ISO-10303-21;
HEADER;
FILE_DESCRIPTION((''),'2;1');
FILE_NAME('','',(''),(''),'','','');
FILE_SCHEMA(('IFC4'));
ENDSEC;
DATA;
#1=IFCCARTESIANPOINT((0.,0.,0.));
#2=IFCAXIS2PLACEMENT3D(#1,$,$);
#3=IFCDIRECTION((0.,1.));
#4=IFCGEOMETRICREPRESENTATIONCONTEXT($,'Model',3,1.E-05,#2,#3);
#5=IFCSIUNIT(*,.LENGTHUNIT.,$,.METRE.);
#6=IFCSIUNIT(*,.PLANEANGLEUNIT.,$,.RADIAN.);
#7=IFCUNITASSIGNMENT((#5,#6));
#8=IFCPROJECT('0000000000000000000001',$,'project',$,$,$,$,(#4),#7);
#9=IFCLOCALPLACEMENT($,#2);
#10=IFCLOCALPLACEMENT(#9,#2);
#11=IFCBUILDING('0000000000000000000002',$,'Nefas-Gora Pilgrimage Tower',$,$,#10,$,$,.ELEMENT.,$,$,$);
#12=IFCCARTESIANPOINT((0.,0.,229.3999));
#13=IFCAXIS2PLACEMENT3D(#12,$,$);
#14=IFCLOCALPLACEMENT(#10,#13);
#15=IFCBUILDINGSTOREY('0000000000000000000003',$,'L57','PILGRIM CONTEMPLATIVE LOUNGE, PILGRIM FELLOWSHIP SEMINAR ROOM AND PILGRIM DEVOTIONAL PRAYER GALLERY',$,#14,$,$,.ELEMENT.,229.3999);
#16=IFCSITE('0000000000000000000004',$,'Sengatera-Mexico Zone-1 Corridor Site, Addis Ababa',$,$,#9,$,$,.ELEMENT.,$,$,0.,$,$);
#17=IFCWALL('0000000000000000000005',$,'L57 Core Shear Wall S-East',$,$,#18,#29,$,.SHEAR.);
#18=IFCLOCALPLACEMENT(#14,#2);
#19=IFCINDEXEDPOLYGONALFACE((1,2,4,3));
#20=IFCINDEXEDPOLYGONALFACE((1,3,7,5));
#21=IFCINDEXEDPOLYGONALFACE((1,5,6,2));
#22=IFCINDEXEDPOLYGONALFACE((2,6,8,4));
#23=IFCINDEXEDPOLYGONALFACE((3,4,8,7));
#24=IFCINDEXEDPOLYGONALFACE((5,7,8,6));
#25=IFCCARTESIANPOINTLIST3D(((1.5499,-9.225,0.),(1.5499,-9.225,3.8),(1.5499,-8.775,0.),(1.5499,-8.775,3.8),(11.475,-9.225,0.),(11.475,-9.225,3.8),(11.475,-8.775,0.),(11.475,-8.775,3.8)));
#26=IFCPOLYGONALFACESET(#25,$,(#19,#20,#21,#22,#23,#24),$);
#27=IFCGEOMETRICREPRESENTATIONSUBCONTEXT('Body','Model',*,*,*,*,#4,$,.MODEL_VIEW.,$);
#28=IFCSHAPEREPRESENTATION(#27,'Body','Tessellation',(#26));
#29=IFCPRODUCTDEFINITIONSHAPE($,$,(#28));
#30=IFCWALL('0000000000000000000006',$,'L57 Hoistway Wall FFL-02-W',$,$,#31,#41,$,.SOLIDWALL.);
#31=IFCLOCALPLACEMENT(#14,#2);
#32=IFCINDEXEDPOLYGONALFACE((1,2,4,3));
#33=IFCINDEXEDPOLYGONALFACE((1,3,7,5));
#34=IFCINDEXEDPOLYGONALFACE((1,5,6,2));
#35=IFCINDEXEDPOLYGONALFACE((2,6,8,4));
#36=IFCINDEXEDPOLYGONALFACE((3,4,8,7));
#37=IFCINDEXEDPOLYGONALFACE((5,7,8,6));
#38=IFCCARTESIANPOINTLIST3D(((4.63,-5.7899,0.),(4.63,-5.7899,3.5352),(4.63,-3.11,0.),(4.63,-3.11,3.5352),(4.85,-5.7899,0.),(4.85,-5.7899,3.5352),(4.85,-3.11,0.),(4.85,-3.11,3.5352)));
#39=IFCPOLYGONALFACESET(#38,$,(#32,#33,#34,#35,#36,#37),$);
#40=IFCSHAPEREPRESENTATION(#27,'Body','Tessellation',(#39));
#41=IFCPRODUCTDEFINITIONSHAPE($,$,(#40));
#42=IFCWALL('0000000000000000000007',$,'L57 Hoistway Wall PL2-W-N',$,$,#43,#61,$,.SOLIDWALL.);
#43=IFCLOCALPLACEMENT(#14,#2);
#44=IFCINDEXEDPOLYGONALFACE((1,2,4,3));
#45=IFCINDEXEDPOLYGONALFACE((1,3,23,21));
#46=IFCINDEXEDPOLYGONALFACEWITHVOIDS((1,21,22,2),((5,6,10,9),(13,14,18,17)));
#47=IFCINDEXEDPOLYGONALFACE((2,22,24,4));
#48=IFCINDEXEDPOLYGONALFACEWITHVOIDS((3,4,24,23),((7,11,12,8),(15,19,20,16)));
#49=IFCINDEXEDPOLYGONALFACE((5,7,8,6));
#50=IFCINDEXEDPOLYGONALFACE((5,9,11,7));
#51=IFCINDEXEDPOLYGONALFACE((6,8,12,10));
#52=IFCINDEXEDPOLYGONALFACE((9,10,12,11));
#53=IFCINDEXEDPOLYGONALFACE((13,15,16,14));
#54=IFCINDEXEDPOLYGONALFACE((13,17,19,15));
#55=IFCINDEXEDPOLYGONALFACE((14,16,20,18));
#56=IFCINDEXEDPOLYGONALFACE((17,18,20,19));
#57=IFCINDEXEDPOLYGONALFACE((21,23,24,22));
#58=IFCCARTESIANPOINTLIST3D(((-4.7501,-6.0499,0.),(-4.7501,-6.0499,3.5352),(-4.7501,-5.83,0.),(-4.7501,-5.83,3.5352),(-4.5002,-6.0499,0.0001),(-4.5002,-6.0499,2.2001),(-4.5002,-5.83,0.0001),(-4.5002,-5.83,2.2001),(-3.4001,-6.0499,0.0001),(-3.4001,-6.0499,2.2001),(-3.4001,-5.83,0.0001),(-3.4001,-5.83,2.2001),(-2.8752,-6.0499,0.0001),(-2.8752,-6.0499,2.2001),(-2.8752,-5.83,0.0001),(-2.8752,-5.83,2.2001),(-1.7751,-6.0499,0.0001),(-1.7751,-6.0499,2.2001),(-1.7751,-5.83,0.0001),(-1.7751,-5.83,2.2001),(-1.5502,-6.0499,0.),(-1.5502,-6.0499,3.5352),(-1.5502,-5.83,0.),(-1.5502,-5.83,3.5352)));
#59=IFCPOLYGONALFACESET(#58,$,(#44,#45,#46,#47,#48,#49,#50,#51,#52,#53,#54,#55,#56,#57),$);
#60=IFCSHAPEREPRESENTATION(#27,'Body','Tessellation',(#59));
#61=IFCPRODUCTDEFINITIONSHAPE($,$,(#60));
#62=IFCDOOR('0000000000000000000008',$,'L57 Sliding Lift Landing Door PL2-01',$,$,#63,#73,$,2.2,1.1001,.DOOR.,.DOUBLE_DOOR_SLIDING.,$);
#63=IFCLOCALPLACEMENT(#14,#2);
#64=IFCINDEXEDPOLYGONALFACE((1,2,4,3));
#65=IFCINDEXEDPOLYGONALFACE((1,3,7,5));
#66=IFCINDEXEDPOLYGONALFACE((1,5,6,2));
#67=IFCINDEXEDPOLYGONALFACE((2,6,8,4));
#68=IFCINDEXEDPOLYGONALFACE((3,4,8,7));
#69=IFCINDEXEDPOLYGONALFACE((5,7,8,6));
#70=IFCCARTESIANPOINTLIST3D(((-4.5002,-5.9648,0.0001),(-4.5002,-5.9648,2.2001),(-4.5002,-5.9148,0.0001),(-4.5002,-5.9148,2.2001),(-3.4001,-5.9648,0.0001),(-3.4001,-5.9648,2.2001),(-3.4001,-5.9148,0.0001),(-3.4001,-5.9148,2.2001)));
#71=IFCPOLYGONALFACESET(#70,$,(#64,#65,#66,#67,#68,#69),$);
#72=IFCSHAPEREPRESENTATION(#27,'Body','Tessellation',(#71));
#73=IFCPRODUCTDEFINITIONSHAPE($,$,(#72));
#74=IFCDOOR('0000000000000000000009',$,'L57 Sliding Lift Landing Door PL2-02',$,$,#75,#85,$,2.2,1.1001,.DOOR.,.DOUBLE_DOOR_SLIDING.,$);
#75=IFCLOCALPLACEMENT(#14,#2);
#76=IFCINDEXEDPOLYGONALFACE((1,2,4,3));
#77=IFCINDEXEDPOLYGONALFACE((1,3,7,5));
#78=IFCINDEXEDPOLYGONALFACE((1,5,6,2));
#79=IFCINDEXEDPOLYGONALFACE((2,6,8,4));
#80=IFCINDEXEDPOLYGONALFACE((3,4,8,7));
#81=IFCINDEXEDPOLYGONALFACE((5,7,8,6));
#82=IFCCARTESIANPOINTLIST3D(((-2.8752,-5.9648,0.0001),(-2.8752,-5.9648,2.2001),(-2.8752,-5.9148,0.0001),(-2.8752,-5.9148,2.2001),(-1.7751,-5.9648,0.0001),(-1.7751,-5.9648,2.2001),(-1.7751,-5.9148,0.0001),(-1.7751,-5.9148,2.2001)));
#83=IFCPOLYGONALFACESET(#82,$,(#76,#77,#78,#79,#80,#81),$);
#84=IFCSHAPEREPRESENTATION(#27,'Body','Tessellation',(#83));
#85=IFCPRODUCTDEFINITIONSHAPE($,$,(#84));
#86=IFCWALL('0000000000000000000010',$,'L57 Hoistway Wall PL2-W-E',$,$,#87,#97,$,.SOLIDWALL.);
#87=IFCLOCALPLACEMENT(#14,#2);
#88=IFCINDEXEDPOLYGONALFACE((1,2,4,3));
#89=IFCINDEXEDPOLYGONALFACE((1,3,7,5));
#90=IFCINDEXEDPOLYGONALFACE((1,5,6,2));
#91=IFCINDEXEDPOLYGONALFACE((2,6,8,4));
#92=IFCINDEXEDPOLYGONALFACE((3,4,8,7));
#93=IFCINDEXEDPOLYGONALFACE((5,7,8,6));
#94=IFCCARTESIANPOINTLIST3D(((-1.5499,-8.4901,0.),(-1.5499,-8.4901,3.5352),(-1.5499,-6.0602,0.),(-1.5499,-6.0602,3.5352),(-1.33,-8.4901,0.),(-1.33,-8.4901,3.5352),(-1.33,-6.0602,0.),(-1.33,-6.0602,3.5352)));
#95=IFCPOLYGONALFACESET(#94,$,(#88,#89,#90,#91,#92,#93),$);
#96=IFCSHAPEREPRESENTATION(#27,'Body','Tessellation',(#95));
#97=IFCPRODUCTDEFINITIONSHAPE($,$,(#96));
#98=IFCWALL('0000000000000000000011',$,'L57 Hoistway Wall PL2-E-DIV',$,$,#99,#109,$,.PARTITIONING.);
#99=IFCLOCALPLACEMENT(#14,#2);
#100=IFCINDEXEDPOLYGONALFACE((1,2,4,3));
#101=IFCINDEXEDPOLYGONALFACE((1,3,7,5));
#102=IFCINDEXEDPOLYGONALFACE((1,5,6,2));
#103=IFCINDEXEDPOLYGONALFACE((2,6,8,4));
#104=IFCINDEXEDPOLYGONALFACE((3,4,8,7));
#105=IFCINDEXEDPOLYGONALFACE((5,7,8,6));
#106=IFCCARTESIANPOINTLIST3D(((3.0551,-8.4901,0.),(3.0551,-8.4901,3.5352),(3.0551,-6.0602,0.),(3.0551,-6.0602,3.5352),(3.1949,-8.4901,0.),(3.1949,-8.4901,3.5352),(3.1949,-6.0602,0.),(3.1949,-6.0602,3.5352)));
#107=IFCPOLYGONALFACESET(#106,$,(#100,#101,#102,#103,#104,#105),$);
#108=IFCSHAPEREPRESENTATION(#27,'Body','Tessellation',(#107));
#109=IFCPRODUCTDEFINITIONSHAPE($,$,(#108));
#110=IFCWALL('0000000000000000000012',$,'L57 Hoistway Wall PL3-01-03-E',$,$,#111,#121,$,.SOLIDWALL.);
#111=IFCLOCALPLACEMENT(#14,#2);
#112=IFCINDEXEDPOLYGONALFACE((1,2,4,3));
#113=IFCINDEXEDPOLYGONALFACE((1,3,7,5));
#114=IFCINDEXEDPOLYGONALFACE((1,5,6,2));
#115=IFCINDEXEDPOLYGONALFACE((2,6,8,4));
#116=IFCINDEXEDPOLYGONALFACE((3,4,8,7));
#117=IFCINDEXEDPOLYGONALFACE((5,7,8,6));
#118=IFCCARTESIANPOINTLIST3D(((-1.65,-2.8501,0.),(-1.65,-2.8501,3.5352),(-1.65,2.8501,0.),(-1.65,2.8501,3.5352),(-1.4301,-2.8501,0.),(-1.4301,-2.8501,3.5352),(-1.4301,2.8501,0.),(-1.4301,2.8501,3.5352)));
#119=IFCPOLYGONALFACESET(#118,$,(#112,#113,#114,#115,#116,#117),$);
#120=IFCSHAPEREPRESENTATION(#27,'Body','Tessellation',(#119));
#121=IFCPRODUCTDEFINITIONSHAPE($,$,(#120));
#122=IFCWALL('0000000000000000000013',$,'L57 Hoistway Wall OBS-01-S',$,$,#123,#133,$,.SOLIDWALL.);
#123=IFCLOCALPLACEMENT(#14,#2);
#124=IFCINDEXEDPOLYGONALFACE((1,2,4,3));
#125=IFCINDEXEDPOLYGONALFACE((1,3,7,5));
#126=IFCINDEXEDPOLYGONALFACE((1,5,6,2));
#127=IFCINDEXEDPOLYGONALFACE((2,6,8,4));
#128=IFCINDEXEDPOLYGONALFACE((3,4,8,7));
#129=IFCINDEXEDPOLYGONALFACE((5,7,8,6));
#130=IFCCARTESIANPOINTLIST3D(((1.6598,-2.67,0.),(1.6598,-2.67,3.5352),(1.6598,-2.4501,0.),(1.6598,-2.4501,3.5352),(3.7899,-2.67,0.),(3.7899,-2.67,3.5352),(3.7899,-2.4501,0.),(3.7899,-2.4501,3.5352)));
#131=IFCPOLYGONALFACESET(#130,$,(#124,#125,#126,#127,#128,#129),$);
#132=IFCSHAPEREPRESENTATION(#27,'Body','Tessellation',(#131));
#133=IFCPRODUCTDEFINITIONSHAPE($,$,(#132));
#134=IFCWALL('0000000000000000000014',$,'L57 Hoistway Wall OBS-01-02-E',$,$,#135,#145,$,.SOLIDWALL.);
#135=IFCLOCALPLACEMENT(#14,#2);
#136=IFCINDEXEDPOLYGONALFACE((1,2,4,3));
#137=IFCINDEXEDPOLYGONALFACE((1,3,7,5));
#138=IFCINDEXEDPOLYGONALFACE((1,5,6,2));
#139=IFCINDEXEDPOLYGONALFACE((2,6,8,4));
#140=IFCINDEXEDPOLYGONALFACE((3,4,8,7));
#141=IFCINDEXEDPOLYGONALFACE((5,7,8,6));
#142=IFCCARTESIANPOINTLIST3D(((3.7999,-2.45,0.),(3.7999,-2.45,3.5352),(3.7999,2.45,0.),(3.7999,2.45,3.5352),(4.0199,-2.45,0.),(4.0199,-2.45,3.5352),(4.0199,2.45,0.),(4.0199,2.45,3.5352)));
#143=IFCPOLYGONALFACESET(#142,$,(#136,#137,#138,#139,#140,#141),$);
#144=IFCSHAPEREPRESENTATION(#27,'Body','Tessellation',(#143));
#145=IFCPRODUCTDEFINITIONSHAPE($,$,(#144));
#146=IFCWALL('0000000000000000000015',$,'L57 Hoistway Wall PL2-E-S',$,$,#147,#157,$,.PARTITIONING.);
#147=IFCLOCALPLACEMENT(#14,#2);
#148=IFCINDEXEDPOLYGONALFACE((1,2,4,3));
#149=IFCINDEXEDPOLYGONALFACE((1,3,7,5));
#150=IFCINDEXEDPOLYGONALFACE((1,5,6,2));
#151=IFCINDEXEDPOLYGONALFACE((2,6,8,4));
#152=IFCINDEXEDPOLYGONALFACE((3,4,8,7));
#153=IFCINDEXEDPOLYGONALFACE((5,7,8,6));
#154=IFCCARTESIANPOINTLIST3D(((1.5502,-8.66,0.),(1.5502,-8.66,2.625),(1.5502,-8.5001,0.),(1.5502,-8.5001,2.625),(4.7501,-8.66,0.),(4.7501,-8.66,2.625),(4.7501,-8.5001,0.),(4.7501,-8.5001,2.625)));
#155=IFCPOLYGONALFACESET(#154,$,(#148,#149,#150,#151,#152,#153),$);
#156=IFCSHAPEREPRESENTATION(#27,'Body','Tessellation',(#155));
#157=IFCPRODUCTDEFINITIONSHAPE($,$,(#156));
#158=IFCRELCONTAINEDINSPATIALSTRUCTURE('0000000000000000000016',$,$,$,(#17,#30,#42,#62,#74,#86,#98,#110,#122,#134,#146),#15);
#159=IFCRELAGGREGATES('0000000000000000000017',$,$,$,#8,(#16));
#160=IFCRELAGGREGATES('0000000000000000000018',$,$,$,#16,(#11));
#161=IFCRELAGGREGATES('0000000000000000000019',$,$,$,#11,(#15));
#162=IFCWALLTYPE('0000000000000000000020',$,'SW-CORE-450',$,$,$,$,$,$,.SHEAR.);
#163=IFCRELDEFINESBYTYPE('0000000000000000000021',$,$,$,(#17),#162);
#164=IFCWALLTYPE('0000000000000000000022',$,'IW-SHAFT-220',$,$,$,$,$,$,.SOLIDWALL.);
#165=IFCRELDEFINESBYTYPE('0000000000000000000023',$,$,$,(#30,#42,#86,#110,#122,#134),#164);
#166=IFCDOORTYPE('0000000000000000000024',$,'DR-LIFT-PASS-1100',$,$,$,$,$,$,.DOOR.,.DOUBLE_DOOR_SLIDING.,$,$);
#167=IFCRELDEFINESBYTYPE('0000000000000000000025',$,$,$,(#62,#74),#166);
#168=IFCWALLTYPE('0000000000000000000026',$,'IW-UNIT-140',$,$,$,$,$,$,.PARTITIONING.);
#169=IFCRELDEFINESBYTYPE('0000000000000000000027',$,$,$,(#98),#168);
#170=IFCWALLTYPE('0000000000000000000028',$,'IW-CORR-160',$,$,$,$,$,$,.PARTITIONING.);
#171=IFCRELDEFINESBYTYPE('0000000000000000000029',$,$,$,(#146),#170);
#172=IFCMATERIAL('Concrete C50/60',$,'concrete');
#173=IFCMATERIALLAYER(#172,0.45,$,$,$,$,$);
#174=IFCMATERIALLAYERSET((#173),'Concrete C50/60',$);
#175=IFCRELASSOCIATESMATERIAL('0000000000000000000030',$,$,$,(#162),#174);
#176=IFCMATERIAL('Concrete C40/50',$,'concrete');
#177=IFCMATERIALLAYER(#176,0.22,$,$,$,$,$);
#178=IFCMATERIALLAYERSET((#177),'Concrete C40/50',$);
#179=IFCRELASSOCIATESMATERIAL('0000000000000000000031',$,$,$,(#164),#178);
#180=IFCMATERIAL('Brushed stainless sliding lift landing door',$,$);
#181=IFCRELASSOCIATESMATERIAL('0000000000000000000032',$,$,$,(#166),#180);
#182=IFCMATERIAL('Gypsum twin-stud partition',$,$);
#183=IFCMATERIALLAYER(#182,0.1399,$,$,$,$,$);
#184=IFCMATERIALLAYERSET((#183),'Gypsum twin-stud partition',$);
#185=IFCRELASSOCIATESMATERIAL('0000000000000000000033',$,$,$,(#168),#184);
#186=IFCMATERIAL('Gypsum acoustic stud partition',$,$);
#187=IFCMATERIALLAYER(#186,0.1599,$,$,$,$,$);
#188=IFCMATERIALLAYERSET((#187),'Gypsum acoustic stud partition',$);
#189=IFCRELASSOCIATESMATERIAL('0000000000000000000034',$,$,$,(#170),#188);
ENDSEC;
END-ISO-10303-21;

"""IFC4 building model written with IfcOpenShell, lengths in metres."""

from ifc_helpers import new_model, si_unit, direction, frame, frame_2d, origin, place, context, subcontext, project, spatial, rectangle, extrude, source, transform, mapped, material, layer, layer_set, type_object, element, fill, save


model = new_model("IFC4")

# Units and contexts
model_context = context("Model", 3, precision=1e-05, world=origin(), true_north=direction((0.0, 1.0)))
body_context = subcontext(model_context, "Body", "Model", "MODEL_VIEW")
ifc_project = project(units=[si_unit("LENGTHUNIT", "METRE"), si_unit("PLANEANGLEUNIT", "RADIAN")], contexts=[model_context])

# Site, building, storey
site_placement = place(None, origin())
site = spatial("IfcSite", under=ifc_project, at=site_placement, Name="Sengatera-Mexico Zone-1 Corridor Site, Addis Ababa", CompositionType="ELEMENT", RefElevation=0.0)
building_placement = place(site_placement, origin())
building = spatial("IfcBuilding", under=site, at=building_placement, Name="Nefas-Gora Pilgrimage Tower", CompositionType="ELEMENT")
storey_placement = place(building_placement, frame((0.0, 0.0, 229.3999)))
storey = spatial("IfcBuildingStorey", under=building, at=storey_placement, Name="L57", Description="PILGRIM CONTEMPLATIVE LOUNGE, PILGRIM FELLOWSHIP SEMINAR ROOM AND PILGRIM DEVOTIONAL PRAYER GALLERY", CompositionType="ELEMENT", Elevation=229.3999)

# Walls
ifc_material_1 = material(Name="Concrete C50/60", Category="concrete")
ifc_layer_1 = layer(ifc_material_1, 0.45)
ifc_layer_set_1 = layer_set([ifc_layer_1], Name="Concrete C50/60")
wall_type_1 = type_object("IfcWallType", Name="SW-CORE-450", PredefinedType="SHEAR", material=ifc_layer_set_1)
shared_shape_1 = source(origin(), body_context, "Body", "SweptSolid", [
    extrude(rectangle(XDim=9.925, YDim=0.45, at=frame_2d((4.9624, 0.0))), origin(), (0.0, 0.0, 1.0), 3.8),
])
wall_1_placement = place(storey_placement, frame((1.55, -9.0, 0.0), z_axis=(0.0, 0.0, 1.0), x_axis=(1.0, 0.0, 0.0)))
element("IfcWall", 1, at=wall_1_placement, inside=storey, type_object=wall_type_1, Name="L57 Core Shear Wall S-East", PredefinedType="SHEAR", context=body_context, shape_type="MappedRepresentation", body=[
    mapped(shared_shape_1, transform((0.0, 0.0, 0.0), x_axis=(1.0, 0.0, 0.0), y_axis=(0.0, 1.0, 0.0), z_axis=(0.0, 0.0, 1.0), scale=1.0)),
])
ifc_material_2 = material(Name="Concrete C40/50", Category="concrete")
ifc_layer_2 = layer(ifc_material_2, 0.22)
ifc_layer_set_2 = layer_set([ifc_layer_2], Name="Concrete C40/50")
wall_type_2 = type_object("IfcWallType", Name="IW-SHAFT-220", PredefinedType="SOLIDWALL", material=ifc_layer_set_2)
shared_shape_2 = source(origin(), body_context, "Body", "SweptSolid", [
    extrude(rectangle(XDim=2.6799, YDim=0.22, at=frame_2d((1.3398, 0.0))), origin(), (0.0, 0.0, 1.0), 3.5352),
])
wall_2_placement = place(storey_placement, frame((4.74, -3.1101, 0.0), z_axis=(0.0, 0.0, 1.0), x_axis=(0.0, -1.0, 0.0)))
element("IfcWall", 2, at=wall_2_placement, inside=storey, type_object=wall_type_2, Name="L57 Hoistway Wall FFL-02-W", PredefinedType="SOLIDWALL", context=body_context, shape_type="MappedRepresentation", body=[
    mapped(shared_shape_2, transform((0.0, 0.0, 0.0), x_axis=(1.0, 0.0, 0.0), y_axis=(0.0, 1.0, 0.0), z_axis=(0.0, 0.0, 1.0), scale=1.0)),
])

# Wall, openings, doors
shared_shape_3 = source(origin(), body_context, "Body", "SweptSolid", [
    extrude(rectangle(XDim=3.2, YDim=0.22, at=frame_2d((1.6001, 0.0))), origin(), (0.0, 0.0, 1.0), 3.5352),
])
wall_3_placement = place(storey_placement, frame((-1.55, -5.9399, 0.0), z_axis=(0.0, 0.0, 1.0), x_axis=(-1.0, 0.0, 0.0)))
wall_3 = element("IfcWall", 3, at=wall_3_placement, inside=storey, type_object=wall_type_2, Name="L57 Hoistway Wall PL2-W-N", PredefinedType="SOLIDWALL", context=body_context, shape_type="MappedRepresentation", body=[
    mapped(shared_shape_3, transform((0.0, 0.0, 0.0), x_axis=(1.0, 0.0, 0.0), y_axis=(0.0, 1.0, 0.0), z_axis=(0.0, 0.0, 1.0), scale=1.0)),
])
opening_1_placement = place(wall_3_placement, frame((1.8501, 0.0, 0.0)))
opening_1 = element("IfcOpeningElement", 4, at=opening_1_placement, cuts=wall_3, PredefinedType="OPENING", context=body_context, shape_type="SweptSolid", body=[
    extrude(rectangle(XDim=1.1001, YDim=2.2, at=frame_2d((0.55, 1.1001))), frame((0.0, 0.1199, 0.0), z_axis=(0.0, -1.0, 0.0), x_axis=(1.0, 0.0, 0.0)), (0.0, 0.0, 1.0), 0.24),
])
opening_2_placement = place(wall_3_placement, frame((0.2251, 0.0, 0.0)))
opening_2 = element("IfcOpeningElement", 5, at=opening_2_placement, cuts=wall_3, PredefinedType="OPENING", context=body_context, shape_type="SweptSolid", body=[
    extrude(rectangle(XDim=1.1001, YDim=2.2, at=frame_2d((0.55, 1.1001))), frame((0.0, 0.1199, 0.0), z_axis=(0.0, -1.0, 0.0), x_axis=(1.0, 0.0, 0.0)), (0.0, 0.0, 1.0), 0.24),
])
ifc_material_3 = material(Name="Brushed stainless sliding lift landing door")
door_type_1 = type_object("IfcDoorType", Name="DR-LIFT-PASS-1100", OperationType="DOUBLE_DOOR_SLIDING", PredefinedType="DOOR", material=ifc_material_3)
shared_shape_4 = source(origin(), body_context, "Body", "SweptSolid", [
    extrude(rectangle(XDim=1.1001, YDim=2.2, at=frame_2d((0.55, 1.1001))), frame((0.0, 0.0249, 0.0), z_axis=(0.0, -1.0, 0.0), x_axis=(1.0, 0.0, 0.0)), (0.0, 0.0, 1.0), 0.05),
])
door_1_placement = place(opening_1_placement, origin())
door_1 = element("IfcDoor", 6, at=door_1_placement, inside=storey, type_object=door_type_1, Name="L57 Sliding Lift Landing Door PL2-01", OperationType="DOUBLE_DOOR_SLIDING", OverallHeight=2.2, OverallWidth=1.1001, PredefinedType="DOOR", context=body_context, shape_type="MappedRepresentation", body=[
    mapped(shared_shape_4, transform((0.0, 0.0, 0.0), x_axis=(1.0, 0.0, 0.0), y_axis=(0.0, 1.0, 0.0), z_axis=(0.0, 0.0, 1.0), scale=1.0)),
])
fill(opening_1, door_1)
door_2_placement = place(opening_2_placement, origin())
door_2 = element("IfcDoor", 7, at=door_2_placement, inside=storey, type_object=door_type_1, Name="L57 Sliding Lift Landing Door PL2-02", OperationType="DOUBLE_DOOR_SLIDING", OverallHeight=2.2, OverallWidth=1.1001, PredefinedType="DOOR", context=body_context, shape_type="MappedRepresentation", body=[
    mapped(shared_shape_4, transform((0.0, 0.0, 0.0), x_axis=(1.0, 0.0, 0.0), y_axis=(0.0, 1.0, 0.0), z_axis=(0.0, 0.0, 1.0), scale=1.0)),
])
fill(opening_2, door_2)

# Walls
shared_shape_5 = source(origin(), body_context, "Body", "SweptSolid", [
    extrude(rectangle(XDim=2.4299, YDim=0.22, at=frame_2d((1.2148, 0.0))), origin(), (0.0, 0.0, 1.0), 3.5352),
])
for number, where, z_axis, x_axis, name in (
    (8, (-1.4399, -8.49, 0.0), (0.0, 0.0, 1.0), (0.0, 1.0, 0.0), "L57 Hoistway Wall PL2-W-E"),
):
    element("IfcWall", number, at=place(storey_placement, frame(where, z_axis=z_axis, x_axis=x_axis)), inside=storey, type_object=wall_type_2, Name=name, PredefinedType="SOLIDWALL", context=body_context, shape_type="MappedRepresentation", body=[
        mapped(shared_shape_5, transform((0.0, 0.0, 0.0), x_axis=(1.0, 0.0, 0.0), y_axis=(0.0, 1.0, 0.0), z_axis=(0.0, 0.0, 1.0), scale=1.0)),
    ])
ifc_material_4 = material(Name="Gypsum twin-stud partition")
ifc_layer_3 = layer(ifc_material_4, 0.1399)
ifc_layer_set_3 = layer_set([ifc_layer_3], Name="Gypsum twin-stud partition")
wall_type_3 = type_object("IfcWallType", Name="IW-UNIT-140", PredefinedType="PARTITIONING", material=ifc_layer_set_3)
shared_shape_6 = source(origin(), body_context, "Body", "SweptSolid", [
    extrude(rectangle(XDim=2.4299, YDim=0.1399, at=frame_2d((1.2148, 0.0))), origin(), (0.0, 0.0, 1.0), 3.5352),
])
wall_4_placement = place(storey_placement, frame((3.125, -8.49, 0.0), z_axis=(0.0, 0.0, 1.0), x_axis=(0.0, 1.0, 0.0)))
element("IfcWall", 9, at=wall_4_placement, inside=storey, type_object=wall_type_3, Name="L57 Hoistway Wall PL2-E-DIV", PredefinedType="PARTITIONING", context=body_context, shape_type="MappedRepresentation", body=[
    mapped(shared_shape_6, transform((0.0, 0.0, 0.0), x_axis=(1.0, 0.0, 0.0), y_axis=(0.0, 1.0, 0.0), z_axis=(0.0, 0.0, 1.0), scale=1.0)),
])
shared_shape_7 = source(origin(), body_context, "Body", "SweptSolid", [
    extrude(rectangle(XDim=5.7002, YDim=0.22, at=frame_2d((2.8501, 0.0))), origin(), (0.0, 0.0, 1.0), 3.5352),
])
wall_5_placement = place(storey_placement, frame((-1.54, -2.8501, 0.0), z_axis=(0.0, 0.0, 1.0), x_axis=(0.0, 1.0, 0.0)))
element("IfcWall", 10, at=wall_5_placement, inside=storey, type_object=wall_type_2, Name="L57 Hoistway Wall PL3-01-03-E", PredefinedType="SOLIDWALL", context=body_context, shape_type="MappedRepresentation", body=[
    mapped(shared_shape_7, transform((0.0, 0.0, 0.0), x_axis=(1.0, 0.0, 0.0), y_axis=(0.0, 1.0, 0.0), z_axis=(0.0, 0.0, 1.0), scale=1.0)),
])
shared_shape_8 = source(origin(), body_context, "Body", "SweptSolid", [
    extrude(rectangle(XDim=2.1301, YDim=0.22, at=frame_2d((1.0649, 0.0))), origin(), (0.0, 0.0, 1.0), 3.5352),
])
wall_6_placement = place(storey_placement, frame((1.6599, -2.5601, 0.0), z_axis=(0.0, 0.0, 1.0), x_axis=(1.0, 0.0, 0.0)))
element("IfcWall", 11, at=wall_6_placement, inside=storey, type_object=wall_type_2, Name="L57 Hoistway Wall OBS-01-S", PredefinedType="SOLIDWALL", context=body_context, shape_type="MappedRepresentation", body=[
    mapped(shared_shape_8, transform((0.0, 0.0, 0.0), x_axis=(1.0, 0.0, 0.0), y_axis=(0.0, 1.0, 0.0), z_axis=(0.0, 0.0, 1.0), scale=1.0)),
])
shared_shape_9 = source(origin(), body_context, "Body", "SweptSolid", [
    extrude(rectangle(XDim=4.8999, YDim=0.22, at=frame_2d((2.45, 0.0))), origin(), (0.0, 0.0, 1.0), 3.5352),
])
wall_7_placement = place(storey_placement, frame((3.9099, -2.45, 0.0), z_axis=(0.0, 0.0, 1.0), x_axis=(0.0, 1.0, 0.0)))
element("IfcWall", 12, at=wall_7_placement, inside=storey, type_object=wall_type_2, Name="L57 Hoistway Wall OBS-01-02-E", PredefinedType="SOLIDWALL", context=body_context, shape_type="MappedRepresentation", body=[
    mapped(shared_shape_9, transform((0.0, 0.0, 0.0), x_axis=(1.0, 0.0, 0.0), y_axis=(0.0, 1.0, 0.0), z_axis=(0.0, 0.0, 1.0), scale=1.0)),
])
ifc_material_5 = material(Name="Gypsum acoustic stud partition")
ifc_layer_4 = layer(ifc_material_5, 0.1599)
ifc_layer_set_4 = layer_set([ifc_layer_4], Name="Gypsum acoustic stud partition")
wall_type_4 = type_object("IfcWallType", Name="IW-CORR-160", PredefinedType="PARTITIONING", material=ifc_layer_set_4)
shared_shape_10 = source(origin(), body_context, "Body", "SweptSolid", [
    extrude(rectangle(XDim=3.2, YDim=0.1599, at=frame_2d((1.6001, 0.0))), origin(), (0.0, 0.0, 1.0), 2.625),
])
wall_8_placement = place(storey_placement, frame((1.55, -8.5801, 0.0), z_axis=(0.0, 0.0, 1.0), x_axis=(1.0, 0.0, 0.0)))
element("IfcWall", 13, at=wall_8_placement, inside=storey, type_object=wall_type_4, Name="L57 Hoistway Wall PL2-E-S", PredefinedType="PARTITIONING", context=body_context, shape_type="MappedRepresentation", body=[
    mapped(shared_shape_10, transform((0.0, 0.0, 0.0), x_axis=(1.0, 0.0, 0.0), y_axis=(0.0, 1.0, 0.0), z_axis=(0.0, 0.0, 1.0), scale=1.0)),
])

save(model, "model.ifc")
